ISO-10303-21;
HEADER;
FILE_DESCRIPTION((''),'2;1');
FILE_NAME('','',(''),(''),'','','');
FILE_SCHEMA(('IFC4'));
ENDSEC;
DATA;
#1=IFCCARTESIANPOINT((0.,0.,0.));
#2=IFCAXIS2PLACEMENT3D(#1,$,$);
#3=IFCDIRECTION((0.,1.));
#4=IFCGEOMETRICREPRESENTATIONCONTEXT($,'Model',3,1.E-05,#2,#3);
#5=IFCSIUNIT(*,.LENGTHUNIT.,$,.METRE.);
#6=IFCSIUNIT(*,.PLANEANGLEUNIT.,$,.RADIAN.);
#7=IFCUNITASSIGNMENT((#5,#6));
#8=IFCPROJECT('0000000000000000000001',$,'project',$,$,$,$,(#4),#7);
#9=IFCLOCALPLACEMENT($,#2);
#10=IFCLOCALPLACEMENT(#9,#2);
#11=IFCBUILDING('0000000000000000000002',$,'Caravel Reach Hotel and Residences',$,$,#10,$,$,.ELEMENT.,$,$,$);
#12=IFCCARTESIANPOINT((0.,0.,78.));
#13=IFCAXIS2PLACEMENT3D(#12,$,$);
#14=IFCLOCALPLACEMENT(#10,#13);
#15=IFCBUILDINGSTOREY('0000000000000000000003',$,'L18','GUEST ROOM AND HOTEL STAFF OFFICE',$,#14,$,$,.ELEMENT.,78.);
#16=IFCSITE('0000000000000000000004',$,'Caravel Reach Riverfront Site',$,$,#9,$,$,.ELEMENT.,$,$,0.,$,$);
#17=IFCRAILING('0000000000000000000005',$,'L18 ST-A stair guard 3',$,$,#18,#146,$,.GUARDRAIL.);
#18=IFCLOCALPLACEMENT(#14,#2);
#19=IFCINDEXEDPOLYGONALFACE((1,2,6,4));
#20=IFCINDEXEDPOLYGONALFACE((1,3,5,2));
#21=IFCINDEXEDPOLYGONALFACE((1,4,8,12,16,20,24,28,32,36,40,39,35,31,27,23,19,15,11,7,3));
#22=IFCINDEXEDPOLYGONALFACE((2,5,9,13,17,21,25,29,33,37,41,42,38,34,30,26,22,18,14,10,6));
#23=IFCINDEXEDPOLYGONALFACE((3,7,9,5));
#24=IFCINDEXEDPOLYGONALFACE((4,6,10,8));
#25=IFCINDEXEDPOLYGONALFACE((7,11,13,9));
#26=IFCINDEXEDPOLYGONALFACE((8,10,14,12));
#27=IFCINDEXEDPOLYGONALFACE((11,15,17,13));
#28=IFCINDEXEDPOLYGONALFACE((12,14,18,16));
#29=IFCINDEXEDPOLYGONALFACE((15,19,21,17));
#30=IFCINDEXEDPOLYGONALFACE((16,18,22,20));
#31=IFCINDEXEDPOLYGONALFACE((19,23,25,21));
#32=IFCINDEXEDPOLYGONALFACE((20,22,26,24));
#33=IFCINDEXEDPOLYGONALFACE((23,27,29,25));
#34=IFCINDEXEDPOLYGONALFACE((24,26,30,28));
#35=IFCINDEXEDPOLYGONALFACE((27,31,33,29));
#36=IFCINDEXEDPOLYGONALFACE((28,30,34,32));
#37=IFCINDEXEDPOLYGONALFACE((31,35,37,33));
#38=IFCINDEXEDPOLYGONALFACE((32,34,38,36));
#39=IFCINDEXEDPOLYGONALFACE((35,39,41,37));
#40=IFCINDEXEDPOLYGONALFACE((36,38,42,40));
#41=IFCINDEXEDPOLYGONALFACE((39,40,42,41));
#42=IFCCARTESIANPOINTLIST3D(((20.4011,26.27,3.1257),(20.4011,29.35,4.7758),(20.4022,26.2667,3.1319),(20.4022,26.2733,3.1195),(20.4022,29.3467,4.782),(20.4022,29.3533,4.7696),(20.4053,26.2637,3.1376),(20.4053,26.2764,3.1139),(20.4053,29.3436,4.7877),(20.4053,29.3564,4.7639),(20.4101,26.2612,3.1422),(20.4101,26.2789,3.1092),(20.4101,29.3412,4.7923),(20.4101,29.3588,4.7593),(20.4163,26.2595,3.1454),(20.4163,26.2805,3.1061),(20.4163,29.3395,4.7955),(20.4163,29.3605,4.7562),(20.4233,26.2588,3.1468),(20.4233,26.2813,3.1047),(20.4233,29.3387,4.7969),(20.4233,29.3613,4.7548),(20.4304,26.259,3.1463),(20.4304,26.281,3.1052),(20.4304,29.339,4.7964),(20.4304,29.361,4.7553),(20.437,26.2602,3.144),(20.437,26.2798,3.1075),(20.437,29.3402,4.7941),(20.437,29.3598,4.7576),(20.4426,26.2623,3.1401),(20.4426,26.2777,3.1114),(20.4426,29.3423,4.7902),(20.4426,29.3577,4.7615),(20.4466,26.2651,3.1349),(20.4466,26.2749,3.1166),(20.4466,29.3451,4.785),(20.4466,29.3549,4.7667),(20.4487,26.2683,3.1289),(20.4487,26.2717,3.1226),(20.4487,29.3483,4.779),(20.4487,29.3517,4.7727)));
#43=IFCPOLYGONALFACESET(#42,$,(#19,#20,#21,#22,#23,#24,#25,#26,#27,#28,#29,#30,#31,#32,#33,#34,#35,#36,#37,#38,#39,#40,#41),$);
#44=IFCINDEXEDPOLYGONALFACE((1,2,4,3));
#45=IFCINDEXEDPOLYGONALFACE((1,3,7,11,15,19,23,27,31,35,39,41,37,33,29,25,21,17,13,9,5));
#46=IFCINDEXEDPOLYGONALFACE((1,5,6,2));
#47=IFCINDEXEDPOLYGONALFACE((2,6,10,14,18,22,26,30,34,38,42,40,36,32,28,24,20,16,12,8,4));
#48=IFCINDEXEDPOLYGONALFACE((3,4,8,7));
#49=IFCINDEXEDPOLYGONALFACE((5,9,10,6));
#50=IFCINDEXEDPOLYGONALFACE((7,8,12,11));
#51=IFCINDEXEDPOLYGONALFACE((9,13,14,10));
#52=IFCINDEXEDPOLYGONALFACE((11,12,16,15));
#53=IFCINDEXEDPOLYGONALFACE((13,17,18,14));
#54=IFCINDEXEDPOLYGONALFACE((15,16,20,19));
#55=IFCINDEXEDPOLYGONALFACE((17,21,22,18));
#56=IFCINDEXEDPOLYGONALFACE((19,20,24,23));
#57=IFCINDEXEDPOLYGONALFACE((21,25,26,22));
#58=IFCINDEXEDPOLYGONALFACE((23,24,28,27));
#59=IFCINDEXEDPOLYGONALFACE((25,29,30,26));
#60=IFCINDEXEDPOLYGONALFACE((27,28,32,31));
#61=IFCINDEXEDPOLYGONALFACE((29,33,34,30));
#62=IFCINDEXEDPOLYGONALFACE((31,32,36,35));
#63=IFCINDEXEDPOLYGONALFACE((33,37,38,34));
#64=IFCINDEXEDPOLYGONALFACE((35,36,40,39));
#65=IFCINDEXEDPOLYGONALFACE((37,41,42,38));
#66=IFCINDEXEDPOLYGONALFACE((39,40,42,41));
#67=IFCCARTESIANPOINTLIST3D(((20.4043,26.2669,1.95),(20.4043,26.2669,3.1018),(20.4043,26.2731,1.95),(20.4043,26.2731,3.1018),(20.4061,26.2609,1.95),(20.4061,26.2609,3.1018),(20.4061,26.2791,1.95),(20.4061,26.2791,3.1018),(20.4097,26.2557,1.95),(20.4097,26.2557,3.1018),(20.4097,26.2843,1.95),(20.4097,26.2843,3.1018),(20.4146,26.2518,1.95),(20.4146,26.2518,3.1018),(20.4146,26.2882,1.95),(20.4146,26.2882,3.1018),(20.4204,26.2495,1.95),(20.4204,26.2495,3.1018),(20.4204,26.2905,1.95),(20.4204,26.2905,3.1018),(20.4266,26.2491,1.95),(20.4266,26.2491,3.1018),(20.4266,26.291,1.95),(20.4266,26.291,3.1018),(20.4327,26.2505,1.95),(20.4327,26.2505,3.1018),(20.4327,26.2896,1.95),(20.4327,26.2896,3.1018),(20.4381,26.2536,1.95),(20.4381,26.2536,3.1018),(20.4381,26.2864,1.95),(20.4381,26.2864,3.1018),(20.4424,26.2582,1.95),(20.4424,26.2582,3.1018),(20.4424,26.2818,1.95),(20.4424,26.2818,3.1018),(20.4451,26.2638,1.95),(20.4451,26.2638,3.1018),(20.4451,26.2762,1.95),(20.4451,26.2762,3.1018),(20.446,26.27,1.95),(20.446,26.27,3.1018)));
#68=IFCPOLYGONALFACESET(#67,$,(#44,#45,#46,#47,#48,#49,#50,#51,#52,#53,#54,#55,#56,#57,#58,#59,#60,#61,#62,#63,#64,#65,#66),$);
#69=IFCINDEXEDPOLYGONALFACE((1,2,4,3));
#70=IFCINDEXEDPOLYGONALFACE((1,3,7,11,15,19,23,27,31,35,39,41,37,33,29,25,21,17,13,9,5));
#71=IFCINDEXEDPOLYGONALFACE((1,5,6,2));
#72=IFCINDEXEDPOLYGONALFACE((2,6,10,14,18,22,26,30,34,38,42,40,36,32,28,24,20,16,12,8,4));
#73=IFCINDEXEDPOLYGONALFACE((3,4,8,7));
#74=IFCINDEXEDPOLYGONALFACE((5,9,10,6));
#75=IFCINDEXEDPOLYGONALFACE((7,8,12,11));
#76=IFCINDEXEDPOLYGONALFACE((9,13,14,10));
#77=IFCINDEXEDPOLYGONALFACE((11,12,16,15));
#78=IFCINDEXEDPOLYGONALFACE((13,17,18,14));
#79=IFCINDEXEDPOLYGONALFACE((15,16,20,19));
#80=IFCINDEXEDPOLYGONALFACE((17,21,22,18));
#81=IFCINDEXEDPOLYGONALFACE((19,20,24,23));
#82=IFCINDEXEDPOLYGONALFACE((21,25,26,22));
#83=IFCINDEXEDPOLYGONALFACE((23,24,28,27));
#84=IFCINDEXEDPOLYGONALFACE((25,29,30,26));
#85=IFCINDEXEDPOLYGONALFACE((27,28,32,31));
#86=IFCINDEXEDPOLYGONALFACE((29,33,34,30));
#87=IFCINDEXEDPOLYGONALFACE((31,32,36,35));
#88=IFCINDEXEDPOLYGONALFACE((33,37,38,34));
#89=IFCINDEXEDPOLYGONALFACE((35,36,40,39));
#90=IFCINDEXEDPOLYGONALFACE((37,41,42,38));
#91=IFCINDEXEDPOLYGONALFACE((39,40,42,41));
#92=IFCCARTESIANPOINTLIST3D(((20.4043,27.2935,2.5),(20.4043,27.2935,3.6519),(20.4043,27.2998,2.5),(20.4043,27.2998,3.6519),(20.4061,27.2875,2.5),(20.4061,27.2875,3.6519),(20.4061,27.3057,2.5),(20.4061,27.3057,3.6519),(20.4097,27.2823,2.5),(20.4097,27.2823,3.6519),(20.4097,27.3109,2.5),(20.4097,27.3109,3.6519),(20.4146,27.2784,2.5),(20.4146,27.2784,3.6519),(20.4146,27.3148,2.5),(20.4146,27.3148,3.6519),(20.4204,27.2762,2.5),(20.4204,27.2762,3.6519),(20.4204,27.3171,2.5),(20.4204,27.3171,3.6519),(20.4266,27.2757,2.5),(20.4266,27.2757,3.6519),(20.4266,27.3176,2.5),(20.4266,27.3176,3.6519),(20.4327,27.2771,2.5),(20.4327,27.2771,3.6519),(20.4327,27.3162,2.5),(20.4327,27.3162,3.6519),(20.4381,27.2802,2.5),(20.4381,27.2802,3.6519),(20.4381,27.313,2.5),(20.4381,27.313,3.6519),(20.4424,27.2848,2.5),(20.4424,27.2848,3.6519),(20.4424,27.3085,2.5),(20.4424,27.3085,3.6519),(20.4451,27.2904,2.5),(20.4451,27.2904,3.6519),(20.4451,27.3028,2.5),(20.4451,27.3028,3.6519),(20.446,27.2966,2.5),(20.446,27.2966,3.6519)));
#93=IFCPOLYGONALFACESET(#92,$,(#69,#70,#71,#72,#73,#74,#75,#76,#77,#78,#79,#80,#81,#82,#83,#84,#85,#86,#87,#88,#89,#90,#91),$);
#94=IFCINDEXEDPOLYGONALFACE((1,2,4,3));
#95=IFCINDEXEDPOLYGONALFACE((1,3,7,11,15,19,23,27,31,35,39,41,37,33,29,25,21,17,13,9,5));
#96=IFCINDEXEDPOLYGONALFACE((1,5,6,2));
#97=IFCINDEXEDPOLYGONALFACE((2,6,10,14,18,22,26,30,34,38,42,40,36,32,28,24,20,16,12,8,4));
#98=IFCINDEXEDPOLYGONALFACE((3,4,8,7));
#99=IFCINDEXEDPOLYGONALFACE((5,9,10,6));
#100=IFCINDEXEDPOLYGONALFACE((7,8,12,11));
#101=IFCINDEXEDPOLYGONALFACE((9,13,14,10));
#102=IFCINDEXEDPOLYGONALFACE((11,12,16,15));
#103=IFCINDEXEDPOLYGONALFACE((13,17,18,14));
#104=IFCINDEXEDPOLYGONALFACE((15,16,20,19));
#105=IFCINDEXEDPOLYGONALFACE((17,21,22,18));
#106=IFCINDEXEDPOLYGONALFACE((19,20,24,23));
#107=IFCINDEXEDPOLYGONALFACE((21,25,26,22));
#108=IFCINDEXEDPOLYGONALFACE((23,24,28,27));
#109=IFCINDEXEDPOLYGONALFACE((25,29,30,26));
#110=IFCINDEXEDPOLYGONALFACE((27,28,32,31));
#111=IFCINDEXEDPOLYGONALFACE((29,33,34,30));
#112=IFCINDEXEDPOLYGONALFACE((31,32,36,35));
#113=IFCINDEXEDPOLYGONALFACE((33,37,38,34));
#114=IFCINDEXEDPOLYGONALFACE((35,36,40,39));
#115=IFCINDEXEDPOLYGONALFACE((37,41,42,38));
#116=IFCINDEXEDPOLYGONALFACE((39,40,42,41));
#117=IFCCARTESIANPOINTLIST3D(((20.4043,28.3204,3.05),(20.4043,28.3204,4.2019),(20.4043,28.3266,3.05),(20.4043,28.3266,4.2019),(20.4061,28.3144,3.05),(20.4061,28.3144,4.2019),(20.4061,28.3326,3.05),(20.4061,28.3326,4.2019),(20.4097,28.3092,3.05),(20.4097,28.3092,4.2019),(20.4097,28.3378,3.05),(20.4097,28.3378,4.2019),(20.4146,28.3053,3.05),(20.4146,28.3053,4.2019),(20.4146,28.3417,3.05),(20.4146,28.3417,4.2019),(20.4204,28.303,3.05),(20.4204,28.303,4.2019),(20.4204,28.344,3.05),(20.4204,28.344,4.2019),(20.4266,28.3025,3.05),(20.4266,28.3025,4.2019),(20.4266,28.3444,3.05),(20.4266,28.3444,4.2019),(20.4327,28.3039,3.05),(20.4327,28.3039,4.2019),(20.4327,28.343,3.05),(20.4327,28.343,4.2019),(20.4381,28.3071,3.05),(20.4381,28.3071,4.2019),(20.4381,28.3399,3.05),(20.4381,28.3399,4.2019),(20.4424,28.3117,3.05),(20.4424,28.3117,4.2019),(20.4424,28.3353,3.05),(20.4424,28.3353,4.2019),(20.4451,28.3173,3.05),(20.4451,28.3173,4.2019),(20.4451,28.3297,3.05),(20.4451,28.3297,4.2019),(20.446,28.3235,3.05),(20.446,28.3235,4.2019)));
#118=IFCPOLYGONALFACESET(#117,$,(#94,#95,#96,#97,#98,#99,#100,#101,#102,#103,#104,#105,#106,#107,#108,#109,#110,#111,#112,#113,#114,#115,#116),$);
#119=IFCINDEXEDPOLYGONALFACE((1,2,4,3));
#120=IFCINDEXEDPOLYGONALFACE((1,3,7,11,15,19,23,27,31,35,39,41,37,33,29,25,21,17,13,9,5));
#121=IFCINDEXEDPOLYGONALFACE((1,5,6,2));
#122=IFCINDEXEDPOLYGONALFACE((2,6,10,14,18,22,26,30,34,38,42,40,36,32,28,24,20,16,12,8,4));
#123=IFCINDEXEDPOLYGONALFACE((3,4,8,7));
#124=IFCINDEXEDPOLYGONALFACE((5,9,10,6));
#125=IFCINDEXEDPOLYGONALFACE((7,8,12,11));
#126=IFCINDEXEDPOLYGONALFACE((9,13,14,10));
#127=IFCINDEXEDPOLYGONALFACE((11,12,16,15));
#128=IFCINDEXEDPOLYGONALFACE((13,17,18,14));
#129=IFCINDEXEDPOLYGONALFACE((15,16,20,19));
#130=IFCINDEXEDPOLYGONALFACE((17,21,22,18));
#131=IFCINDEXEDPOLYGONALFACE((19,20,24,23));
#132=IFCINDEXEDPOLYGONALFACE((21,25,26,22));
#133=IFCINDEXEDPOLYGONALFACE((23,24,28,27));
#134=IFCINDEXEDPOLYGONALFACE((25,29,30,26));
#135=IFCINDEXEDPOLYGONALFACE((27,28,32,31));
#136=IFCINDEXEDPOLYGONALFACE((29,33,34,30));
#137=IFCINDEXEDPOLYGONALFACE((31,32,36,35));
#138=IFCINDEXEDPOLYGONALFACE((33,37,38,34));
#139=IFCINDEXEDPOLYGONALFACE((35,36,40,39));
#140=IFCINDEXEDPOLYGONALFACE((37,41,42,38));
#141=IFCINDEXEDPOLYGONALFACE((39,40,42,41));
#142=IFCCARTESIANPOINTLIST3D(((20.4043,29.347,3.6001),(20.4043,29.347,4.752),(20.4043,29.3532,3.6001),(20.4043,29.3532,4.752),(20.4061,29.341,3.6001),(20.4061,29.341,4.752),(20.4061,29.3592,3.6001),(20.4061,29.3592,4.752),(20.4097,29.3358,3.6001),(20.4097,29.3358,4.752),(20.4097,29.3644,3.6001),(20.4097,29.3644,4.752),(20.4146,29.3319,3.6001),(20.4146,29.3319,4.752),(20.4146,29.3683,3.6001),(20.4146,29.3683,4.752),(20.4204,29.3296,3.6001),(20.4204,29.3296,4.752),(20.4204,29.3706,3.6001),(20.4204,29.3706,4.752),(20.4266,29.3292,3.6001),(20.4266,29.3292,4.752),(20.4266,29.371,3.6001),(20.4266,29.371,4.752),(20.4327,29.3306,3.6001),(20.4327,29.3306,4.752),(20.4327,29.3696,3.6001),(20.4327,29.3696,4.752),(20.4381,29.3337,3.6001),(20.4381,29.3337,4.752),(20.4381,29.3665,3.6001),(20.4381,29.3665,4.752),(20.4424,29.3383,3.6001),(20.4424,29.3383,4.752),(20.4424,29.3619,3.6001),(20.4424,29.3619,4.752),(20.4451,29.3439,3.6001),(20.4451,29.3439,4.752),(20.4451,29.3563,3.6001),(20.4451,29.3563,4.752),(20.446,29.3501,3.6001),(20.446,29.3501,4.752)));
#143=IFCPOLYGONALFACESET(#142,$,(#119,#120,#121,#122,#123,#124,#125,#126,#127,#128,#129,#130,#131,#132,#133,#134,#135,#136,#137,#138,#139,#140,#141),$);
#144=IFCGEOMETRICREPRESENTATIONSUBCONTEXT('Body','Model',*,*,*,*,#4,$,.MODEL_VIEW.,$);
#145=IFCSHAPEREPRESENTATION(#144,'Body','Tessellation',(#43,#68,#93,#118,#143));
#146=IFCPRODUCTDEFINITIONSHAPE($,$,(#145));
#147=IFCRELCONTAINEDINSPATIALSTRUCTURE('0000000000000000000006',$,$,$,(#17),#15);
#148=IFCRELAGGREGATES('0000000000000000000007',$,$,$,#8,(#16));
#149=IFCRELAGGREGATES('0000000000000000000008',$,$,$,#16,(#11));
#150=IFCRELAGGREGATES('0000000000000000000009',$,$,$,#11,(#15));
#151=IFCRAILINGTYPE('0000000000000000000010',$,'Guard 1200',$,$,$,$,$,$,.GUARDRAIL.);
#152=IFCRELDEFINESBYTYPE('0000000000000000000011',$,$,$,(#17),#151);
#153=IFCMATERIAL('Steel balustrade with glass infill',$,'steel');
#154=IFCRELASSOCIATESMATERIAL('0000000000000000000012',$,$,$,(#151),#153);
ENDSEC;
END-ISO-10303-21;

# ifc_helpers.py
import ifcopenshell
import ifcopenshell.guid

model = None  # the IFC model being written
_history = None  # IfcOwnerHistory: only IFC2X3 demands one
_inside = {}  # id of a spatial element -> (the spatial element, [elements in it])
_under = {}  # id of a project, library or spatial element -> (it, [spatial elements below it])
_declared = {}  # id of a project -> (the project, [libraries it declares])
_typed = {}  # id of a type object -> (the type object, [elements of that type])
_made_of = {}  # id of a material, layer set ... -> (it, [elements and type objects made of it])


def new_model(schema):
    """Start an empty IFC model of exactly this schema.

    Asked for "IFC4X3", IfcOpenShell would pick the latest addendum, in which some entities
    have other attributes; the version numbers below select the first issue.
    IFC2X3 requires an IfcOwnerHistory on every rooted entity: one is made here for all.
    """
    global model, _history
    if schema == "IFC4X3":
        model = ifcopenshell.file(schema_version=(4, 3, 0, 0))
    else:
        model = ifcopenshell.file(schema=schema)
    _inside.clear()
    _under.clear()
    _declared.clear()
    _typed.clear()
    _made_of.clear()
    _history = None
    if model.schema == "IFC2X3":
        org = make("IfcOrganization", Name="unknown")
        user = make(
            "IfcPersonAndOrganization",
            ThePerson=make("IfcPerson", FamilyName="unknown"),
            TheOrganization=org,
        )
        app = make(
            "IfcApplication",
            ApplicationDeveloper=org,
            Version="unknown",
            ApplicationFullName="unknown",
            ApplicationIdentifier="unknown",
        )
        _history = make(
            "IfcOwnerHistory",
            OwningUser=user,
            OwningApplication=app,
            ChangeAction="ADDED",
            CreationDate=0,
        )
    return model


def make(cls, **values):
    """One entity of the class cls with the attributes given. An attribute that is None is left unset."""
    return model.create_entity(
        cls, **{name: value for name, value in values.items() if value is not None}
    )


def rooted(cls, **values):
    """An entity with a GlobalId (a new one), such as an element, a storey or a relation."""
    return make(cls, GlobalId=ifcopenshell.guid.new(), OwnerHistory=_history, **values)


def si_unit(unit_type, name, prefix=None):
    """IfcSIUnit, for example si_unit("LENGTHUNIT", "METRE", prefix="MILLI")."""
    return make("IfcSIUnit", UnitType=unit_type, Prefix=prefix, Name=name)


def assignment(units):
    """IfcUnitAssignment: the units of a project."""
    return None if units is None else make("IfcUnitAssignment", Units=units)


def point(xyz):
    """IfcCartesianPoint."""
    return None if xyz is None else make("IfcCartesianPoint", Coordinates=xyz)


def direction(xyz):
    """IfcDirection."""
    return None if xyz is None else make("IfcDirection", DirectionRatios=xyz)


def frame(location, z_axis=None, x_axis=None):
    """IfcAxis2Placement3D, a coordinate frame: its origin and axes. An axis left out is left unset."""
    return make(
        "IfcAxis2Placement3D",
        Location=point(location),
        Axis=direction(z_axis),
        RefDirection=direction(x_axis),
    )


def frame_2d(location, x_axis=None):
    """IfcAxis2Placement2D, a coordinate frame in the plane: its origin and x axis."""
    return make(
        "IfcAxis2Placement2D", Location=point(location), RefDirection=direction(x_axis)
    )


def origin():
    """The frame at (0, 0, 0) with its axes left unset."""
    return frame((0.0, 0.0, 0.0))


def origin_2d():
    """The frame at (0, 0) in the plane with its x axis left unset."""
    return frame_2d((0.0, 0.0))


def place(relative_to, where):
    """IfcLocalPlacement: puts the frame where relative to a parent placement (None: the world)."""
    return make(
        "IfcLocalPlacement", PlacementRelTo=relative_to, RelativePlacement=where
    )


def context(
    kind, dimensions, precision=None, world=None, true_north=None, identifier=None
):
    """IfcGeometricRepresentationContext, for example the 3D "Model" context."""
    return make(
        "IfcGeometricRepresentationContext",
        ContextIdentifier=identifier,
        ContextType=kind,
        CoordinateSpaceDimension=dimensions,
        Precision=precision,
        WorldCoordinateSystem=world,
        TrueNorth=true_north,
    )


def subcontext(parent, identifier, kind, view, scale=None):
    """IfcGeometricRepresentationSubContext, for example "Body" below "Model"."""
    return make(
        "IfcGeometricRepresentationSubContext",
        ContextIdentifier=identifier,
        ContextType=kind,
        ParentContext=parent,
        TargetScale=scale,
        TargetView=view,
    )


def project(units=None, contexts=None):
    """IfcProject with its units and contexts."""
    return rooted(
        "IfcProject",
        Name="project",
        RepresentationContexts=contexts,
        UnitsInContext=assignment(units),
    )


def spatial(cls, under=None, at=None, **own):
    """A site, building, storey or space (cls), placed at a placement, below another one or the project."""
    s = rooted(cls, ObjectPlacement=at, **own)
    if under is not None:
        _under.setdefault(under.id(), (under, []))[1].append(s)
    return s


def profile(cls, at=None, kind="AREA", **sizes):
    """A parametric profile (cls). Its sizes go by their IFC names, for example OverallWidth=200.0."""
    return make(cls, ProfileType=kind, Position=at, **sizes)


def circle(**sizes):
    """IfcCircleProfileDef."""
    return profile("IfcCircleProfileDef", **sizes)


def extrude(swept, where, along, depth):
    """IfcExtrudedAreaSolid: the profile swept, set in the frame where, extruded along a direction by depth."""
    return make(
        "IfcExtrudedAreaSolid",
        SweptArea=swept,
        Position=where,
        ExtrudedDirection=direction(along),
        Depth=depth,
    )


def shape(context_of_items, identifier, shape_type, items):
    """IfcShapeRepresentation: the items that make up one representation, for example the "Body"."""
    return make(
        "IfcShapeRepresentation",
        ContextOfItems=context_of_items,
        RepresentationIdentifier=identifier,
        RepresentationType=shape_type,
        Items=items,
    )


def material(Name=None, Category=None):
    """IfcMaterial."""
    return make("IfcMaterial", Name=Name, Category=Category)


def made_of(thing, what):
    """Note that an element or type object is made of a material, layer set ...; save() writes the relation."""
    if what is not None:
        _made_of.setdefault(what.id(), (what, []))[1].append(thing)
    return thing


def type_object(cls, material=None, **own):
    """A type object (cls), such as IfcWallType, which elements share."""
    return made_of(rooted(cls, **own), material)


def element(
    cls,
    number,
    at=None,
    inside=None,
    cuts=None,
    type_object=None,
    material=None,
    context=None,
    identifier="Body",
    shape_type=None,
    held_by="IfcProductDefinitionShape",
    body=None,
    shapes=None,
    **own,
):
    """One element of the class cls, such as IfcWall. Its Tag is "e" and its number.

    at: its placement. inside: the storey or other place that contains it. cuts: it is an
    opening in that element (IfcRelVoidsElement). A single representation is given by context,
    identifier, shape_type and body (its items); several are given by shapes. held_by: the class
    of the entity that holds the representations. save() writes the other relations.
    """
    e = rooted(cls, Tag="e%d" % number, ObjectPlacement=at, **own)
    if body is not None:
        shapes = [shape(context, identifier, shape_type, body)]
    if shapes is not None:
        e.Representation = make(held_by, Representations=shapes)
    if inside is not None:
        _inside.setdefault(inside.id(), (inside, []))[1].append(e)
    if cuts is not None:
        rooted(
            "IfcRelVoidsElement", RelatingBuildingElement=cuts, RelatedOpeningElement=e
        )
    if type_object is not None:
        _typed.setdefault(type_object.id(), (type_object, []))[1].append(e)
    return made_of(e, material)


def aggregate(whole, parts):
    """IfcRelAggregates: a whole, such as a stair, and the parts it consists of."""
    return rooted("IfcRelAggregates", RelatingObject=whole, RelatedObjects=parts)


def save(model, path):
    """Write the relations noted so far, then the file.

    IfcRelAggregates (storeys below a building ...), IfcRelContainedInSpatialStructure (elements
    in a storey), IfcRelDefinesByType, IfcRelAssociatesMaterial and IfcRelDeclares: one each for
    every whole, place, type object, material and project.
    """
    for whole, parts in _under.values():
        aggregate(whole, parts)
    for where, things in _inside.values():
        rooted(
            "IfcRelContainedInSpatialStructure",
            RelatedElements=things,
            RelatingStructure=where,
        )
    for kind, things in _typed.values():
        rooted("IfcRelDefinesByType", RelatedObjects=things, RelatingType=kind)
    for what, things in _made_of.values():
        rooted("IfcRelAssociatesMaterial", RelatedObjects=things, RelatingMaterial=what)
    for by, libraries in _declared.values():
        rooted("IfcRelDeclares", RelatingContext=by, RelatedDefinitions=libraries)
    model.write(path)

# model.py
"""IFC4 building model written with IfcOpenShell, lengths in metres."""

from ifc_helpers import new_model, si_unit, direction, frame, origin, origin_2d, place, context, subcontext, project, spatial, circle, extrude, material, type_object, element, save


model = new_model("IFC4")

# Units and contexts
model_context = context("Model", 3, precision=1e-05, world=origin(), true_north=direction((0.0, 1.0)))
body_context = subcontext(model_context, "Body", "Model", "MODEL_VIEW")
ifc_project = project(units=[si_unit("LENGTHUNIT", "METRE"), si_unit("PLANEANGLEUNIT", "RADIAN")], contexts=[model_context])

# Site, building, storey
site_placement = place(None, origin())
site = spatial("IfcSite", under=ifc_project, at=site_placement, Name="Caravel Reach Riverfront Site", CompositionType="ELEMENT", RefElevation=0.0)
building_placement = place(site_placement, origin())
building = spatial("IfcBuilding", under=site, at=building_placement, Name="Caravel Reach Hotel and Residences", CompositionType="ELEMENT")
storey_placement = place(building_placement, frame((0.0, 0.0, 78.0)))
storey = spatial("IfcBuildingStorey", under=building, at=storey_placement, Name="L18", Description="GUEST ROOM AND HOTEL STAFF OFFICE", CompositionType="ELEMENT", Elevation=78.0)

# Railing
ifc_material_1 = material(Name="Steel balustrade with glass infill", Category="steel")
railing_type_1 = type_object("IfcRailingType", Name="Guard 1200", PredefinedType="GUARDRAIL", material=ifc_material_1)
railing_1_placement = place(storey_placement, frame((20.425, 26.27, 1.95)))
element("IfcRailing", 1, at=railing_1_placement, inside=storey, type_object=railing_type_1, Name="L18 ST-A stair guard 3", PredefinedType="GUARDRAIL", context=body_context, shape_type="SweptSolid", body=[
    extrude(circle(Radius=0.0239, at=origin_2d()), frame((0.0, 0.0, 1.1758), z_axis=(0.0, 0.881468, 0.472245), x_axis=(-1.0, 0.0, 0.0)), (0.0, 0.0, 1.0), 3.4941),
    extrude(circle(Radius=0.021, at=origin_2d()), origin(), (0.0, 0.0, 1.0), 1.1519),
    extrude(circle(Radius=0.021, at=origin_2d()), frame((0.0, 1.0266, 0.55)), (0.0, 0.0, 1.0), 1.1519),
    extrude(circle(Radius=0.021, at=origin_2d()), frame((0.0, 2.0535, 1.1001)), (0.0, 0.0, 1.0), 1.1519),
    extrude(circle(Radius=0.021, at=origin_2d()), frame((0.0, 3.0801, 1.6501)), (0.0, 0.0, 1.0), 1.1519),
])

save(model, "model.ifc")
